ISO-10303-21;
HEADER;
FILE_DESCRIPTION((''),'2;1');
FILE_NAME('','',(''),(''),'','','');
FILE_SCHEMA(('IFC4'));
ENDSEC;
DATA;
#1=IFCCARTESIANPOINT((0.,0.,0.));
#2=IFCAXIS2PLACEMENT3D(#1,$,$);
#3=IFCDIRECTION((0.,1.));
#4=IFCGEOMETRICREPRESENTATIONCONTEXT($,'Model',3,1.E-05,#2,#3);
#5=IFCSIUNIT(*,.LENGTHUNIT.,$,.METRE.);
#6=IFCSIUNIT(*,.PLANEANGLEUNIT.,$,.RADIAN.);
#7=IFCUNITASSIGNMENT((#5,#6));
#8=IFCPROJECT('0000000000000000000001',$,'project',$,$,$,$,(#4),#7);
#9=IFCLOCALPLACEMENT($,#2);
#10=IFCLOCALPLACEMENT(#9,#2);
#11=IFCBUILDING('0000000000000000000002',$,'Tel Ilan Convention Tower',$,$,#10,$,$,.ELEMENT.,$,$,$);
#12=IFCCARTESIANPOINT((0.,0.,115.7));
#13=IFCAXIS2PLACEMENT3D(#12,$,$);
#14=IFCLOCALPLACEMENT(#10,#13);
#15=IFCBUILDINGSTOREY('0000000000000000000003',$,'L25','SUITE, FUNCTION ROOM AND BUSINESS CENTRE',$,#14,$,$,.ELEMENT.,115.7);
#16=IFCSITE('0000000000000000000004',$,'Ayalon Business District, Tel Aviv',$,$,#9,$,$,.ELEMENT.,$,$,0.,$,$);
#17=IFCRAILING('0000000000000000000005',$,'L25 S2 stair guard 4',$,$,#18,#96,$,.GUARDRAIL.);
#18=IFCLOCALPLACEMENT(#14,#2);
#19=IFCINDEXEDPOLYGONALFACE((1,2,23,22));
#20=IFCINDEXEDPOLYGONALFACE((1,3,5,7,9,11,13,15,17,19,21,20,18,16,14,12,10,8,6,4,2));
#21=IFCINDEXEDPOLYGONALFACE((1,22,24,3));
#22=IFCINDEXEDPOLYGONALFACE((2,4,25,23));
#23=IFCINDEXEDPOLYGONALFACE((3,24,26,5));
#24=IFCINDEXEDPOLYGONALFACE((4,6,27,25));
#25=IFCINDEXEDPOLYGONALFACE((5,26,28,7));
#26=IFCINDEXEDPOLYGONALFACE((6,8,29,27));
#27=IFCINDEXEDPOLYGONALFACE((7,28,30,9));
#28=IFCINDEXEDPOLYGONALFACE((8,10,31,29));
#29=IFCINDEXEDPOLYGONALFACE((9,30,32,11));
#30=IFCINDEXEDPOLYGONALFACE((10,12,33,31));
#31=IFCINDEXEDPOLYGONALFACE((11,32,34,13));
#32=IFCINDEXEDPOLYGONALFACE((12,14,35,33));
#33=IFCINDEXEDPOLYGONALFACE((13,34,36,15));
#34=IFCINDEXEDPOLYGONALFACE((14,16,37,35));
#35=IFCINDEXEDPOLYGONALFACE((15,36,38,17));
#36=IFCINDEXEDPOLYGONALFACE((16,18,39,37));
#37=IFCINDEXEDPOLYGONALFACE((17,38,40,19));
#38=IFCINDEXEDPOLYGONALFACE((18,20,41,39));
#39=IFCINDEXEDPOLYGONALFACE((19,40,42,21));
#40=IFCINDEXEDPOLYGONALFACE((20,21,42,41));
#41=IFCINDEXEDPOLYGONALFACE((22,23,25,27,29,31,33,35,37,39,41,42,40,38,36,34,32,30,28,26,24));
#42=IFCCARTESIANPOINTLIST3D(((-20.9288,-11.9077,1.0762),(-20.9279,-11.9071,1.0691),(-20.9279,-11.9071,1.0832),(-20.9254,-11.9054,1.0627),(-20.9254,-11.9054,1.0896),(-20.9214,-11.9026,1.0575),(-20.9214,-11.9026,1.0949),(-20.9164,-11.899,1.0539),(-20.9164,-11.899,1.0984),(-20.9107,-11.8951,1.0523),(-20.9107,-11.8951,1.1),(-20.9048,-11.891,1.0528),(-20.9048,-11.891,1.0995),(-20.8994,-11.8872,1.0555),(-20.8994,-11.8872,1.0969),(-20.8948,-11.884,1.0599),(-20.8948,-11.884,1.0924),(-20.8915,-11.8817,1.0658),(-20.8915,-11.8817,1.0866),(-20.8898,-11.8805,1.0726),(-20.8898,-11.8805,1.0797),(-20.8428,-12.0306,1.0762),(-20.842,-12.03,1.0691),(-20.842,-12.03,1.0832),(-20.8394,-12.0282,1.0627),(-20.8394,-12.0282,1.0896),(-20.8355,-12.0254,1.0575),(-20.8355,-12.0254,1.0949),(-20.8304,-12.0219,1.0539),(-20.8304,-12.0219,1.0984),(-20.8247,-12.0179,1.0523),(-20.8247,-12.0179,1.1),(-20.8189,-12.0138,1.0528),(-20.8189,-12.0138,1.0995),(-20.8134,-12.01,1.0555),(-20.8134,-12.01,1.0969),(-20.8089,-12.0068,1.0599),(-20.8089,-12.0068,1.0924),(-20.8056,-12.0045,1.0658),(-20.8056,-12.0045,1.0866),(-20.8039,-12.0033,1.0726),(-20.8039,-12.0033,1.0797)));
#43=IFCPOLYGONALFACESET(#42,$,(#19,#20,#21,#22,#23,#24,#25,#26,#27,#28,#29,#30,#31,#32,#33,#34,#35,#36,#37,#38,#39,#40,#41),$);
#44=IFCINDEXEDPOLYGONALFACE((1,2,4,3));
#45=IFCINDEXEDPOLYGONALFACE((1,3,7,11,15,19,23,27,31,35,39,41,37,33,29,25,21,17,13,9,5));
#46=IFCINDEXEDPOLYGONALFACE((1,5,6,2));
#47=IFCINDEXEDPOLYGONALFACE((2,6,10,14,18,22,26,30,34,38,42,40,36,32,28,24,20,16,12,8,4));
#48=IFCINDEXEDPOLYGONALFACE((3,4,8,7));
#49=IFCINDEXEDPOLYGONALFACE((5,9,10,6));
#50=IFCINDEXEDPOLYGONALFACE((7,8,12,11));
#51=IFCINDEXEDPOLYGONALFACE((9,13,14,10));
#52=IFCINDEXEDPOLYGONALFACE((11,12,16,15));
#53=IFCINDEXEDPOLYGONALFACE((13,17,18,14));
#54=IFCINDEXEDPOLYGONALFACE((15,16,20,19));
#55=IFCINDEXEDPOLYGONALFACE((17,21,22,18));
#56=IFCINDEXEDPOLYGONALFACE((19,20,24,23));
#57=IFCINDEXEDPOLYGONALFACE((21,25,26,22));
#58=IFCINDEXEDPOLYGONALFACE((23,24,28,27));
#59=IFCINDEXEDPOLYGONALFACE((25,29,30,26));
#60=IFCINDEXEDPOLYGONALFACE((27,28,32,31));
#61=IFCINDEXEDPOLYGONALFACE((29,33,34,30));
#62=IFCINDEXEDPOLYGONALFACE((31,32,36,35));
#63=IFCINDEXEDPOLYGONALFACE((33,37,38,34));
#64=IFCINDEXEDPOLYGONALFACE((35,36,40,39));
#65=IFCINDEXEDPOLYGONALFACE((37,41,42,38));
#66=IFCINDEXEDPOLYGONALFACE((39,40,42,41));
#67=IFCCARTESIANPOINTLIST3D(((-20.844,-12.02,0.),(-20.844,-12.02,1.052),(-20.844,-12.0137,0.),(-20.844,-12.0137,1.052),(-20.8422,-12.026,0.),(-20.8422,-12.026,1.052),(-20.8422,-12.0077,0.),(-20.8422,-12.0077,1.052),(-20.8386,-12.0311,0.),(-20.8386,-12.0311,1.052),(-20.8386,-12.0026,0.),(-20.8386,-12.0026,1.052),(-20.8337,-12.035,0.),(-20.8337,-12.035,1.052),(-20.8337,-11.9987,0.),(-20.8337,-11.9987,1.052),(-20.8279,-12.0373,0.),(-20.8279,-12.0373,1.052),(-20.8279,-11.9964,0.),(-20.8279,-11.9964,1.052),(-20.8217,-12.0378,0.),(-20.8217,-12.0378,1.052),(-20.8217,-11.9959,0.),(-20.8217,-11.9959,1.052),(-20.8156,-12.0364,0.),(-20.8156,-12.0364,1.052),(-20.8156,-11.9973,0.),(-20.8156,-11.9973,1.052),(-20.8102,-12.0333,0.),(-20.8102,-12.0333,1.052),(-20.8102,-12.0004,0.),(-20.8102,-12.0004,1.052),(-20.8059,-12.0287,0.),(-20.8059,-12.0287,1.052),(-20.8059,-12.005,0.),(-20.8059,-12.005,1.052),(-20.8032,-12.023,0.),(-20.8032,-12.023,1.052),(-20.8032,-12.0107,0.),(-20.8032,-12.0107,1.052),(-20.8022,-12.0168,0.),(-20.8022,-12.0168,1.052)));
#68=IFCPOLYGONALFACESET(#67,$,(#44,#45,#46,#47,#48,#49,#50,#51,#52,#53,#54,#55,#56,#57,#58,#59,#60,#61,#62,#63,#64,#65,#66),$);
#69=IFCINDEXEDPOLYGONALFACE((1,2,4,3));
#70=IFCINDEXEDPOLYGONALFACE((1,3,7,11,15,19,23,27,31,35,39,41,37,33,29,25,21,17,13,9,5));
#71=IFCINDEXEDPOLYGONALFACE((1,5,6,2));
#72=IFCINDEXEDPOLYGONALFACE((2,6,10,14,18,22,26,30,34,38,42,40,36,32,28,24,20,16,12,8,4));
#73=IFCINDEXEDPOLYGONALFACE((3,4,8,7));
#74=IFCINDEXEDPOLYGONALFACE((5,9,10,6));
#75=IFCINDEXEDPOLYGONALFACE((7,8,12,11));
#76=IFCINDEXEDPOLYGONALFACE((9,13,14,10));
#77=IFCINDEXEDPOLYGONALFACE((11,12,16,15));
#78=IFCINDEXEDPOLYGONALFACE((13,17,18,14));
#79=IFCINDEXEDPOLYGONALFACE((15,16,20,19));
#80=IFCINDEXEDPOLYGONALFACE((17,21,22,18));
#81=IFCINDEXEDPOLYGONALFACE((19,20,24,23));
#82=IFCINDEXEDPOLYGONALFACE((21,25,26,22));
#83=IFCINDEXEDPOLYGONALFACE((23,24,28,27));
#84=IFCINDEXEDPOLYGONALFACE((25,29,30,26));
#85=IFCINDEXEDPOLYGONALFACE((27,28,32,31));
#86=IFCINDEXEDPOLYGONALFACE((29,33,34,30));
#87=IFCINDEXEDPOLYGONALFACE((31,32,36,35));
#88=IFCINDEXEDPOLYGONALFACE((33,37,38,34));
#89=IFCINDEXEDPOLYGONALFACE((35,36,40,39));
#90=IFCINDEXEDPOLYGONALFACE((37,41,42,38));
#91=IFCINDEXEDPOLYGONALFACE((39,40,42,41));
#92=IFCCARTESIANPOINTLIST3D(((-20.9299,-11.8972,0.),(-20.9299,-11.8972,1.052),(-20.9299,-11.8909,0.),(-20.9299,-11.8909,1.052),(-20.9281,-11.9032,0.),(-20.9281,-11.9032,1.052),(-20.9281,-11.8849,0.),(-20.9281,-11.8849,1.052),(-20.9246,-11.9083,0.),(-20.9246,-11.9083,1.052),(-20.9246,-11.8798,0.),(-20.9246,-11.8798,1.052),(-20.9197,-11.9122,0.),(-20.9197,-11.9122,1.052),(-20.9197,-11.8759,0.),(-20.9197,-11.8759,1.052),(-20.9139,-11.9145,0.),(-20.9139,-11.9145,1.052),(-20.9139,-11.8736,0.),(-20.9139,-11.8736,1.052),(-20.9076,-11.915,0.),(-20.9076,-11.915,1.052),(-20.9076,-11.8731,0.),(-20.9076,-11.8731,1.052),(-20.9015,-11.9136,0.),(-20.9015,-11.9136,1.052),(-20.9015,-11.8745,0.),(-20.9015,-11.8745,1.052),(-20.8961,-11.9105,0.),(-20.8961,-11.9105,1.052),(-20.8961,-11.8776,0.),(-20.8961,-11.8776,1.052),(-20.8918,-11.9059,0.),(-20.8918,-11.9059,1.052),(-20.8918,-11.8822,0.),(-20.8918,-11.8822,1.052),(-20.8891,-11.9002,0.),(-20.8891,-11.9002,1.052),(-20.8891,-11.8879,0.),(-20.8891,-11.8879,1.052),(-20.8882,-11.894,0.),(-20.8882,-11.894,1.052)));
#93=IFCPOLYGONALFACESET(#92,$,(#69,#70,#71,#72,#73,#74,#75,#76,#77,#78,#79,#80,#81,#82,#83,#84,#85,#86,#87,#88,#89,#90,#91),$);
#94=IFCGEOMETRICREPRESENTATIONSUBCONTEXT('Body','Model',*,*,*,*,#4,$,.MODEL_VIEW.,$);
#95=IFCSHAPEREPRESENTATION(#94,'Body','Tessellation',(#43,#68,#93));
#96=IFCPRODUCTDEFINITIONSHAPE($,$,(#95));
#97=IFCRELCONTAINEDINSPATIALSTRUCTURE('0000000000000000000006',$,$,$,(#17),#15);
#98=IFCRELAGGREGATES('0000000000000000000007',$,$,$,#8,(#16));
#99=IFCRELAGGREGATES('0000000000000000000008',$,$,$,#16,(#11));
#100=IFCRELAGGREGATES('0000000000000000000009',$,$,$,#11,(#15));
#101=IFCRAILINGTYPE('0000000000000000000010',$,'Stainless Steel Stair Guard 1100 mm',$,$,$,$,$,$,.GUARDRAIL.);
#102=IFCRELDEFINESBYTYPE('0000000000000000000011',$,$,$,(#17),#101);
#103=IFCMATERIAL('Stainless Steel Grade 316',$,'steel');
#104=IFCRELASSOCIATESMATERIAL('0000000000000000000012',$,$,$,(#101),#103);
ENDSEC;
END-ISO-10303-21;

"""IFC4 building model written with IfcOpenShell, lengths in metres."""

from ifc_helpers import new_model, si_unit, direction, frame, origin, origin_2d, place, context, subcontext, project, spatial, circle, extrude, material, type_object, element, save


model = new_model("IFC4")

# Units and contexts
model_context = context("Model", 3, precision=1e-05, world=origin(), true_north=direction((0.0, 1.0)))
body_context = subcontext(model_context, "Body", "Model", "MODEL_VIEW")
ifc_project = project(units=[si_unit("LENGTHUNIT", "METRE"), si_unit("PLANEANGLEUNIT", "RADIAN")], contexts=[model_context])

# Site, building, storey
site_placement = place(None, origin())
site = spatial("IfcSite", under=ifc_project, at=site_placement, Name="Ayalon Business District, Tel Aviv", CompositionType="ELEMENT", RefElevation=0.0)
building_placement = place(site_placement, origin())
building = spatial("IfcBuilding", under=site, at=building_placement, Name="Tel Ilan Convention Tower", CompositionType="ELEMENT")
storey_placement = place(building_placement, frame((0.0, 0.0, 115.7)))
storey = spatial("IfcBuildingStorey", under=building, at=storey_placement, Name="L25", Description="SUITE, FUNCTION ROOM AND BUSINESS CENTRE", CompositionType="ELEMENT", Elevation=115.7)

# Railing
ifc_material_1 = material(Name="Stainless Steel Grade 316", Category="steel")
railing_type_1 = type_object("IfcRailingType", Name="Stainless Steel Stair Guard 1100 mm", PredefinedType="GUARDRAIL", material=ifc_material_1)
railing_1_placement = place(storey_placement, frame((-20.8232, -12.0168, 0.0)))
element("IfcRailing", 1, at=railing_1_placement, inside=storey, type_object=railing_type_1, Name="L25 S2 stair guard 4", PredefinedType="GUARDRAIL", context=body_context, shape_type="SweptSolid", body=[
    extrude(circle(Radius=0.0239, at=origin_2d()), frame((0.0, 0.0, 1.0762), z_axis=(-0.573353, 0.819308, 0.0), x_axis=(-0.819308, -0.573353, 0.0)), (0.0, 0.0, 1.0), 0.1499),
    extrude(circle(Radius=0.021, at=origin_2d()), origin(), (0.0, 0.0, 1.0), 1.052),
    extrude(circle(Radius=0.021, at=origin_2d()), frame((-0.0859, 0.1228, 0.0)), (0.0, 0.0, 1.0), 1.052),
])

save(model, "model.ifc")
